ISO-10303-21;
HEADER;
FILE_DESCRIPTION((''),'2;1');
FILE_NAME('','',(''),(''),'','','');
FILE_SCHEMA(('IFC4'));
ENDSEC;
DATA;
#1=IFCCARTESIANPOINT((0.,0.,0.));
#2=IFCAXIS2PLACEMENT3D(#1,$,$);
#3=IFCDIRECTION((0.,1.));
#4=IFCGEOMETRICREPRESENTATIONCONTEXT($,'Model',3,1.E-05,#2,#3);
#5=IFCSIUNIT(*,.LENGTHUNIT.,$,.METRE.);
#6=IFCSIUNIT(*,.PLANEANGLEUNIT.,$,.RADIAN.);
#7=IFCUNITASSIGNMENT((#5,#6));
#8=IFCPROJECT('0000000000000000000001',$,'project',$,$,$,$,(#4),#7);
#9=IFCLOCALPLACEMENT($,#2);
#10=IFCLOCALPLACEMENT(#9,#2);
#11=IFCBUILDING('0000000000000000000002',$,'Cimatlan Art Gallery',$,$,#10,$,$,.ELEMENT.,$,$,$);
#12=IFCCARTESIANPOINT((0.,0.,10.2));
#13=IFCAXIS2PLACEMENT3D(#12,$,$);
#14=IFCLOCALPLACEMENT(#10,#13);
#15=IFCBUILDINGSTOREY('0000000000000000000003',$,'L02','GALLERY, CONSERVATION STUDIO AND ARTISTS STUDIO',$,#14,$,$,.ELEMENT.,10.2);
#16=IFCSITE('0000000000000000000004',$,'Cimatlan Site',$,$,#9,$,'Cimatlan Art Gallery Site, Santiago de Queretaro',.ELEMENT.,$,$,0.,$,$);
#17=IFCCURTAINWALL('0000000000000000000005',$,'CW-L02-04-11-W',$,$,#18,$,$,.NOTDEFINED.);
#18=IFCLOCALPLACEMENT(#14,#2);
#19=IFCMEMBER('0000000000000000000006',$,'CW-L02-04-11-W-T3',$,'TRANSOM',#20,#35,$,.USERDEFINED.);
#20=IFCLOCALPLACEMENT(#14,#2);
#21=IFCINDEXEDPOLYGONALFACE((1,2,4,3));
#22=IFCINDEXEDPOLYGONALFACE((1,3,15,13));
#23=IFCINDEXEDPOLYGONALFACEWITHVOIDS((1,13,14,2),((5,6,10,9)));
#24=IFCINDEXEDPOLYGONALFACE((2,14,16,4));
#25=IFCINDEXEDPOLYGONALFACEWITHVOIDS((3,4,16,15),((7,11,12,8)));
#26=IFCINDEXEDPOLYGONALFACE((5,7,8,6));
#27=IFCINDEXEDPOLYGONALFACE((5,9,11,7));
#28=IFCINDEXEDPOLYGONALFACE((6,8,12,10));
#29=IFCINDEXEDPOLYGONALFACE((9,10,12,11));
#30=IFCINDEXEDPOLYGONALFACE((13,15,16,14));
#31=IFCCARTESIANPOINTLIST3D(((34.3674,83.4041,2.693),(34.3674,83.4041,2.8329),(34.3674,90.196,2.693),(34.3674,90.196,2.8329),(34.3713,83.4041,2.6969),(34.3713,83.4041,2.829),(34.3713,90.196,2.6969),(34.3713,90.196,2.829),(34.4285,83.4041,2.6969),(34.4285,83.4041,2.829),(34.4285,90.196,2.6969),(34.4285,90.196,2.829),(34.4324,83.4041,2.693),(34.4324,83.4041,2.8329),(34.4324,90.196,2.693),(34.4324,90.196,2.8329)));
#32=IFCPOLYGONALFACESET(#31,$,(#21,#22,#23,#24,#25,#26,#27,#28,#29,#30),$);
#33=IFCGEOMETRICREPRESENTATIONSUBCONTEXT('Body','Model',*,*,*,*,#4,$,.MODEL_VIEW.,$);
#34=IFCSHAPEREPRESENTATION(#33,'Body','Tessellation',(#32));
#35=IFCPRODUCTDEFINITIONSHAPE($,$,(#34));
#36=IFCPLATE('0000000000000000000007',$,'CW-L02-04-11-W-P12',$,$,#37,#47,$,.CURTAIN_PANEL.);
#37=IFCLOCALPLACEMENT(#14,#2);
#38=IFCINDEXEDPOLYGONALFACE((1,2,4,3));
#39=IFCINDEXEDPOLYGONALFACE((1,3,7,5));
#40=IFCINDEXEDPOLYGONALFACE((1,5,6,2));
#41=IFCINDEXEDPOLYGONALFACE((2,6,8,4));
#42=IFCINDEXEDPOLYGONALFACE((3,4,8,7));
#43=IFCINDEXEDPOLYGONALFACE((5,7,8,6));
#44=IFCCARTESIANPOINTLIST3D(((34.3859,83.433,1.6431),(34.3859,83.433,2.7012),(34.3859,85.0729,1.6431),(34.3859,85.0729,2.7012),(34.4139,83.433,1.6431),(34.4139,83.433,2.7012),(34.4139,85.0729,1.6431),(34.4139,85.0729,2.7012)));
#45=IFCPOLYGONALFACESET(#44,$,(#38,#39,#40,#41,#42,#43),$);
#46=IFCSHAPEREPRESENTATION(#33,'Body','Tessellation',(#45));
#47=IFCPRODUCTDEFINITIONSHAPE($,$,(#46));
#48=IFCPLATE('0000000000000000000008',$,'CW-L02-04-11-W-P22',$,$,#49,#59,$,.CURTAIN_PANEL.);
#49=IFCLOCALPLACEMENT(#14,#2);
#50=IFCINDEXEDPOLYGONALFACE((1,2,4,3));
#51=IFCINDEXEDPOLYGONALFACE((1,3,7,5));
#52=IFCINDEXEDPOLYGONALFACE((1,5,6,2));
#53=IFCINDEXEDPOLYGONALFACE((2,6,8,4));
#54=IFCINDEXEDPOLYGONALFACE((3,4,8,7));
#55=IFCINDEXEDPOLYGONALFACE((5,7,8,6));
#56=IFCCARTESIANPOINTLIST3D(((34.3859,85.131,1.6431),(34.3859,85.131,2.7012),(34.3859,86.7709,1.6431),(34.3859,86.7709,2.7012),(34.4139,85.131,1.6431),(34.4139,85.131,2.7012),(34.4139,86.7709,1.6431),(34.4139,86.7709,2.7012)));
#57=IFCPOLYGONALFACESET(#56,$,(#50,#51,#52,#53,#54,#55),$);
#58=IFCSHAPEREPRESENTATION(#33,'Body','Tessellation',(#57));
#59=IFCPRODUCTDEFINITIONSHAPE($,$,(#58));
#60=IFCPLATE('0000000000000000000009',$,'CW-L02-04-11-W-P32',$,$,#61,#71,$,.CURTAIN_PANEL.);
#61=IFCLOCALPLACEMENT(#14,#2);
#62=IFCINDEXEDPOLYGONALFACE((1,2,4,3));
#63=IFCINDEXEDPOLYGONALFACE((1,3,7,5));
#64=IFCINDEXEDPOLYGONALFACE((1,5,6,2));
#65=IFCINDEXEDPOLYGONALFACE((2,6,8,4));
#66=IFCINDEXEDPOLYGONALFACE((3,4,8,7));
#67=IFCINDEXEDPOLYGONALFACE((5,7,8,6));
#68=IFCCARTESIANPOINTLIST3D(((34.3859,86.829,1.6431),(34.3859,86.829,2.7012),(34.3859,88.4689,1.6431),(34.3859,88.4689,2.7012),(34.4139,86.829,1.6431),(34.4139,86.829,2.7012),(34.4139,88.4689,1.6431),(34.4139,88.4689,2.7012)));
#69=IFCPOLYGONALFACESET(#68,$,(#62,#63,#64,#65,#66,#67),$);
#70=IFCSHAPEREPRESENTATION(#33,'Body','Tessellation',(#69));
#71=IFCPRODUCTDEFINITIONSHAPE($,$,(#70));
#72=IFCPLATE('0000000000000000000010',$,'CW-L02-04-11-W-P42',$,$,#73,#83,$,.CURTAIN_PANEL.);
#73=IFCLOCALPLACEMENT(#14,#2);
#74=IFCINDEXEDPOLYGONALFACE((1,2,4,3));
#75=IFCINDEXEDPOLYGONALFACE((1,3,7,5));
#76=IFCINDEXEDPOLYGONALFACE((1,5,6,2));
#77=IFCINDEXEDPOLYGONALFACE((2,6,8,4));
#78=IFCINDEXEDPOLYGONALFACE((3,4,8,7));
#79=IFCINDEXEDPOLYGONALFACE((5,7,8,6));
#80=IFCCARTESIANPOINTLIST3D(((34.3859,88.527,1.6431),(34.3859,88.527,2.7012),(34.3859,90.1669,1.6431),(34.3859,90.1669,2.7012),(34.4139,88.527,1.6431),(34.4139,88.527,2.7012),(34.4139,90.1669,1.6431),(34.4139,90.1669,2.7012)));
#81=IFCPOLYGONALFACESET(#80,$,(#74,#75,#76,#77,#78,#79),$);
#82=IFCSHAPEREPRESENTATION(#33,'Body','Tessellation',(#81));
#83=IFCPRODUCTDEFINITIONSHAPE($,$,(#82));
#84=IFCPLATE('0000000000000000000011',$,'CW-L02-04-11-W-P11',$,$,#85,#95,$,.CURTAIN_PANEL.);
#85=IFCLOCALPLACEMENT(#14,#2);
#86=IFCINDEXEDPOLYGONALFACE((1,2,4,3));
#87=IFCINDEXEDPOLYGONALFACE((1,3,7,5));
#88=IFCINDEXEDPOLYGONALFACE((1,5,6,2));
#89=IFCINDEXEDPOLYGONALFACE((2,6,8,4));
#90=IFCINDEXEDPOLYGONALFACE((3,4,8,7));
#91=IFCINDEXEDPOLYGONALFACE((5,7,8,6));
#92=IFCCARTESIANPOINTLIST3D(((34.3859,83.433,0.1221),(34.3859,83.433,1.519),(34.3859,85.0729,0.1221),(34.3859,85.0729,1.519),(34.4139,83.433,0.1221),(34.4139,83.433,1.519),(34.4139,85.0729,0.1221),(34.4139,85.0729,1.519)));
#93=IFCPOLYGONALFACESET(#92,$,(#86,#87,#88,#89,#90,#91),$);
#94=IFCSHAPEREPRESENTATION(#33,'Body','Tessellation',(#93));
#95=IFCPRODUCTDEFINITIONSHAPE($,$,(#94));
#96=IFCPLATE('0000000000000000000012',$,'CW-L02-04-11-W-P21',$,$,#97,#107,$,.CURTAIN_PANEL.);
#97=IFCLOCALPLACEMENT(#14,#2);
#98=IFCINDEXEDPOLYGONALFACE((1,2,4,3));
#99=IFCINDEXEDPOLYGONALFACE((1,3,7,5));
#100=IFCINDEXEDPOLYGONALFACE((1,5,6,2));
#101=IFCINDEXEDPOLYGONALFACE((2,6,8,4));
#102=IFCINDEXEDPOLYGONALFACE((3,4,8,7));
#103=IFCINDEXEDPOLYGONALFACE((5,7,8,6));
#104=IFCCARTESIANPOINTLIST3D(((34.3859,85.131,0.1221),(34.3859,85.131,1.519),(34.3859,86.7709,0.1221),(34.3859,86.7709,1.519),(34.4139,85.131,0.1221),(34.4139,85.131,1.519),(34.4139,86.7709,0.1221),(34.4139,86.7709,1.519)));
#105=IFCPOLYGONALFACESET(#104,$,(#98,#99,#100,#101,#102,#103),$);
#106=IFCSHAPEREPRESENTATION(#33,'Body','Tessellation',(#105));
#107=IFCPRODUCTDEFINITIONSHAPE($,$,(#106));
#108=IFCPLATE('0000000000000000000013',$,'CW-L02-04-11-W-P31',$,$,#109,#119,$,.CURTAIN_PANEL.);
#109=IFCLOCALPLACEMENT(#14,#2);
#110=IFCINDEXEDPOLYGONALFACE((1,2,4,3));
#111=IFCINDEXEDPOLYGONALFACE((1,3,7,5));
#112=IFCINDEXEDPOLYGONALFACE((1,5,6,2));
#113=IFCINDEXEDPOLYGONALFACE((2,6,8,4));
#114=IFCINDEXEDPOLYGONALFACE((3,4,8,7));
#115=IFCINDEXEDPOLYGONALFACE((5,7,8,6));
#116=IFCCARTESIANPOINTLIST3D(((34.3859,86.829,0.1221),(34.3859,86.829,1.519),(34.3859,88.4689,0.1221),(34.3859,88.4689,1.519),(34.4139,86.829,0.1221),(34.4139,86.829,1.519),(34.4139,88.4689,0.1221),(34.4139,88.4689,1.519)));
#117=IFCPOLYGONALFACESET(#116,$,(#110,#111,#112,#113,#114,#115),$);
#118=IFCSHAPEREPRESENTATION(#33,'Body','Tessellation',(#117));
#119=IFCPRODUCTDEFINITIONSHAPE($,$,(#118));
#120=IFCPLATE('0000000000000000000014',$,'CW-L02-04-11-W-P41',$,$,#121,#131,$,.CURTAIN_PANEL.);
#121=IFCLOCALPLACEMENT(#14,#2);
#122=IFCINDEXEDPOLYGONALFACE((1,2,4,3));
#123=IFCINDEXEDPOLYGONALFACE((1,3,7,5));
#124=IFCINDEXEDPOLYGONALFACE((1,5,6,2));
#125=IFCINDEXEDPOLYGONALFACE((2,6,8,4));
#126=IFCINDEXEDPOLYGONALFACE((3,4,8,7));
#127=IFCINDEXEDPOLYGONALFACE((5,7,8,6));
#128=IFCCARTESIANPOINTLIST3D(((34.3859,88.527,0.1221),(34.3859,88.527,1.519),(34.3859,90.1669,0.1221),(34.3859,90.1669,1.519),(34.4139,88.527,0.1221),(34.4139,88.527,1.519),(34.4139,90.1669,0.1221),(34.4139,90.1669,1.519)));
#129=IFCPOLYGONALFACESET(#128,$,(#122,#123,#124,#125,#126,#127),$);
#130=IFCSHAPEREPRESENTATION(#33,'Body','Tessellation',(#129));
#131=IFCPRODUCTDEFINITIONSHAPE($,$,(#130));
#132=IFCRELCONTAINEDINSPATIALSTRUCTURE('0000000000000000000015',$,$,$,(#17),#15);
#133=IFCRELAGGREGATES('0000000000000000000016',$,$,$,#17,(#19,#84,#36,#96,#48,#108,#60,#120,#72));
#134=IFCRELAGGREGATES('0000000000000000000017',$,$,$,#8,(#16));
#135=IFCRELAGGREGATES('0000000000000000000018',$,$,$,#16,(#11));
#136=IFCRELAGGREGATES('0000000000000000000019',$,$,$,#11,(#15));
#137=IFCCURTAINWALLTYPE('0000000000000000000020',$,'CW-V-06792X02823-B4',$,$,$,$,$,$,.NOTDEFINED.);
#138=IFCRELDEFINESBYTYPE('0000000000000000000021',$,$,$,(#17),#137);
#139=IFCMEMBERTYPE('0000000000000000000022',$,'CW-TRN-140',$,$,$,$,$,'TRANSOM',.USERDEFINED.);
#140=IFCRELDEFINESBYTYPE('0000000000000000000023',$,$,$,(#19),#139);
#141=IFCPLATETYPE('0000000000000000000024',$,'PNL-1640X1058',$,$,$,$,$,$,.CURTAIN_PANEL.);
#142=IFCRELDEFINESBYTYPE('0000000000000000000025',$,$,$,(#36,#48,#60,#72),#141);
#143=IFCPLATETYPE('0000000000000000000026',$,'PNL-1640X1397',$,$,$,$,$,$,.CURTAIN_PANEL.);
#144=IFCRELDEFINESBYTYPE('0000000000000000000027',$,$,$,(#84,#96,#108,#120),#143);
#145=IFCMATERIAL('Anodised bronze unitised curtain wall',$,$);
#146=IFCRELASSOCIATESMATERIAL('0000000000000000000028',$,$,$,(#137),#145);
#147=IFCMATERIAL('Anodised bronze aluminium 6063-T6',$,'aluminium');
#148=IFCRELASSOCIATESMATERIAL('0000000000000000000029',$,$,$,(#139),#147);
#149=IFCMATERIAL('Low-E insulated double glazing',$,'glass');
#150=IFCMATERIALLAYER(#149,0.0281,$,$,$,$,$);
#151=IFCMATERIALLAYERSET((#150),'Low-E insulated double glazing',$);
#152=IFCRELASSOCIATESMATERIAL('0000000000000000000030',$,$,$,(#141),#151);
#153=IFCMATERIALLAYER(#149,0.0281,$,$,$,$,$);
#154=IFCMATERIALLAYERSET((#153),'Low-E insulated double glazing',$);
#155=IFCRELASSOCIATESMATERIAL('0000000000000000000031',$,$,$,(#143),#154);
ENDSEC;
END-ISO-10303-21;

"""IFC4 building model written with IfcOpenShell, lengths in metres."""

from ifc_helpers import new_model, si_unit, direction, frame, origin, origin_2d, place, context, subcontext, project, spatial, rectangle, hollow_rectangle, extrude, material, layer, layer_set, material_profile, profile_set, type_object, element, aggregate, save


model = new_model("IFC4")

# Units and contexts
model_context = context("Model", 3, precision=1e-05, world=origin(), true_north=direction((0.0, 1.0)))
body_context = subcontext(model_context, "Body", "Model", "MODEL_VIEW")
ifc_project = project(units=[si_unit("LENGTHUNIT", "METRE"), si_unit("PLANEANGLEUNIT", "RADIAN")], contexts=[model_context])

# Site, building, storey
site_placement = place(None, origin())
site = spatial("IfcSite", under=ifc_project, at=site_placement, Name="Cimatlan Site", LongName="Cimatlan Art Gallery Site, Santiago de Queretaro", CompositionType="ELEMENT", RefElevation=0.0)
building_placement = place(site_placement, origin())
building = spatial("IfcBuilding", under=site, at=building_placement, Name="Cimatlan Art Gallery", CompositionType="ELEMENT")
storey_placement = place(building_placement, frame((0.0, 0.0, 10.2)))
storey = spatial("IfcBuildingStorey", under=building, at=storey_placement, Name="L02", Description="GALLERY, CONSERVATION STUDIO AND ARTISTS STUDIO", CompositionType="ELEMENT", Elevation=10.2)

# Curtain wall, member, plates
ifc_material_1 = material(Name="Anodised bronze unitised curtain wall")
curtain_wall_type = type_object("IfcCurtainWallType", Name="CW-V-06792X02823-B4", PredefinedType="NOTDEFINED", material=ifc_material_1)
curtain_wall_placement = place(storey_placement, origin())
curtain_wall = element("IfcCurtainWall", 1, at=curtain_wall_placement, inside=storey, type_object=curtain_wall_type, Name="CW-L02-04-11-W", PredefinedType="NOTDEFINED")
ifc_material_2 = material(Name="Anodised bronze aluminium 6063-T6", Category="aluminium")
ifc_material_profile_1 = material_profile(ifc_material_2, hollow_rectangle(XDim=0.0649, YDim=0.1399, WallThickness=0.0039, at=origin_2d()), Name="ALU65X140X4")
ifc_profile_set_1 = profile_set([ifc_material_profile_1], Name="Anodised bronze aluminium 6063-T6")
member_type_1 = type_object("IfcMemberType", Name="CW-TRN-140", ElementType="TRANSOM", PredefinedType="USERDEFINED", material=ifc_profile_set_1)
member_1_placement = place(storey_placement, frame((34.3999, 83.4041, 2.7629), z_axis=(0.0, 1.0, 0.0), x_axis=(-1.0, 0.0, 0.0)))
member_1 = element("IfcMember", 2, at=member_1_placement, type_object=member_type_1, Name="CW-L02-04-11-W-T3", ObjectType="TRANSOM", PredefinedType="USERDEFINED", context=body_context, shape_type="SweptSolid", body=[
    extrude(hollow_rectangle(XDim=0.0649, YDim=0.1399, WallThickness=0.0039, at=origin_2d()), origin(), (0.0, 0.0, 1.0), 6.792),
])
ifc_material_3 = material(Name="Low-E insulated double glazing", Category="glass")
ifc_layer_1 = layer(ifc_material_3, 0.0281)
ifc_layer_set_1 = layer_set([ifc_layer_1], Name="Low-E insulated double glazing")
plate_type_1 = type_object("IfcPlateType", Name="PNL-1640X1058", PredefinedType="CURTAIN_PANEL", material=ifc_layer_set_1)
plate_1_placement = place(storey_placement, frame((34.3999, 84.2529, 1.6431), z_axis=(0.0, 0.0, 1.0), x_axis=(0.0, 1.0, 0.0)))
plate_1 = element("IfcPlate", 3, at=plate_1_placement, type_object=plate_type_1, Name="CW-L02-04-11-W-P12", PredefinedType="CURTAIN_PANEL", context=body_context, shape_type="SweptSolid", body=[
    extrude(rectangle(XDim=1.6399, YDim=0.0281, at=origin_2d()), origin(), (0.0, 0.0, 1.0), 1.0581),
])
plate_2_placement = place(storey_placement, frame((34.3999, 85.9509, 1.6431), z_axis=(0.0, 0.0, 1.0), x_axis=(0.0, 1.0, 0.0)))
plate_2 = element("IfcPlate", 4, at=plate_2_placement, type_object=plate_type_1, Name="CW-L02-04-11-W-P22", PredefinedType="CURTAIN_PANEL", context=body_context, shape_type="SweptSolid", body=[
    extrude(rectangle(XDim=1.6399, YDim=0.0281, at=origin_2d()), origin(), (0.0, 0.0, 1.0), 1.0581),
])
plate_3_placement = place(storey_placement, frame((34.3999, 87.6489, 1.6431), z_axis=(0.0, 0.0, 1.0), x_axis=(0.0, 1.0, 0.0)))
plate_3 = element("IfcPlate", 5, at=plate_3_placement, type_object=plate_type_1, Name="CW-L02-04-11-W-P32", PredefinedType="CURTAIN_PANEL", context=body_context, shape_type="SweptSolid", body=[
    extrude(rectangle(XDim=1.6399, YDim=0.0281, at=origin_2d()), origin(), (0.0, 0.0, 1.0), 1.0581),
])
plate_4_placement = place(storey_placement, frame((34.3999, 89.3469, 1.6431), z_axis=(0.0, 0.0, 1.0), x_axis=(0.0, 1.0, 0.0)))
plate_4 = element("IfcPlate", 6, at=plate_4_placement, type_object=plate_type_1, Name="CW-L02-04-11-W-P42", PredefinedType="CURTAIN_PANEL", context=body_context, shape_type="SweptSolid", body=[
    extrude(rectangle(XDim=1.6399, YDim=0.0281, at=origin_2d()), origin(), (0.0, 0.0, 1.0), 1.0581),
])
ifc_layer_2 = layer(ifc_material_3, 0.0281)
ifc_layer_set_2 = layer_set([ifc_layer_2], Name="Low-E insulated double glazing")
plate_type_2 = type_object("IfcPlateType", Name="PNL-1640X1397", PredefinedType="CURTAIN_PANEL", material=ifc_layer_set_2)
plate_5_placement = place(storey_placement, frame((34.3999, 84.2529, 0.1221), z_axis=(0.0, 0.0, 1.0), x_axis=(0.0, 1.0, 0.0)))
plate_5 = element("IfcPlate", 7, at=plate_5_placement, type_object=plate_type_2, Name="CW-L02-04-11-W-P11", PredefinedType="CURTAIN_PANEL", context=body_context, shape_type="SweptSolid", body=[
    extrude(rectangle(XDim=1.6399, YDim=0.0281, at=origin_2d()), origin(), (0.0, 0.0, 1.0), 1.397),
])
plate_6_placement = place(storey_placement, frame((34.3999, 85.9509, 0.1221), z_axis=(0.0, 0.0, 1.0), x_axis=(0.0, 1.0, 0.0)))
plate_6 = element("IfcPlate", 8, at=plate_6_placement, type_object=plate_type_2, Name="CW-L02-04-11-W-P21", PredefinedType="CURTAIN_PANEL", context=body_context, shape_type="SweptSolid", body=[
    extrude(rectangle(XDim=1.6399, YDim=0.0281, at=origin_2d()), origin(), (0.0, 0.0, 1.0), 1.397),
])
plate_7_placement = place(storey_placement, frame((34.3999, 87.6489, 0.1221), z_axis=(0.0, 0.0, 1.0), x_axis=(0.0, 1.0, 0.0)))
plate_7 = element("IfcPlate", 9, at=plate_7_placement, type_object=plate_type_2, Name="CW-L02-04-11-W-P31", PredefinedType="CURTAIN_PANEL", context=body_context, shape_type="SweptSolid", body=[
    extrude(rectangle(XDim=1.6399, YDim=0.0281, at=origin_2d()), origin(), (0.0, 0.0, 1.0), 1.397),
])
plate_8_placement = place(storey_placement, frame((34.3999, 89.3469, 0.1221), z_axis=(0.0, 0.0, 1.0), x_axis=(0.0, 1.0, 0.0)))
plate_8 = element("IfcPlate", 10, at=plate_8_placement, type_object=plate_type_2, Name="CW-L02-04-11-W-P41", PredefinedType="CURTAIN_PANEL", context=body_context, shape_type="SweptSolid", body=[
    extrude(rectangle(XDim=1.6399, YDim=0.0281, at=origin_2d()), origin(), (0.0, 0.0, 1.0), 1.397),
])
aggregate(curtain_wall, [member_1, plate_5, plate_1, plate_6, plate_2, plate_7, plate_3, plate_8, plate_4])

save(model, "model.ifc")
